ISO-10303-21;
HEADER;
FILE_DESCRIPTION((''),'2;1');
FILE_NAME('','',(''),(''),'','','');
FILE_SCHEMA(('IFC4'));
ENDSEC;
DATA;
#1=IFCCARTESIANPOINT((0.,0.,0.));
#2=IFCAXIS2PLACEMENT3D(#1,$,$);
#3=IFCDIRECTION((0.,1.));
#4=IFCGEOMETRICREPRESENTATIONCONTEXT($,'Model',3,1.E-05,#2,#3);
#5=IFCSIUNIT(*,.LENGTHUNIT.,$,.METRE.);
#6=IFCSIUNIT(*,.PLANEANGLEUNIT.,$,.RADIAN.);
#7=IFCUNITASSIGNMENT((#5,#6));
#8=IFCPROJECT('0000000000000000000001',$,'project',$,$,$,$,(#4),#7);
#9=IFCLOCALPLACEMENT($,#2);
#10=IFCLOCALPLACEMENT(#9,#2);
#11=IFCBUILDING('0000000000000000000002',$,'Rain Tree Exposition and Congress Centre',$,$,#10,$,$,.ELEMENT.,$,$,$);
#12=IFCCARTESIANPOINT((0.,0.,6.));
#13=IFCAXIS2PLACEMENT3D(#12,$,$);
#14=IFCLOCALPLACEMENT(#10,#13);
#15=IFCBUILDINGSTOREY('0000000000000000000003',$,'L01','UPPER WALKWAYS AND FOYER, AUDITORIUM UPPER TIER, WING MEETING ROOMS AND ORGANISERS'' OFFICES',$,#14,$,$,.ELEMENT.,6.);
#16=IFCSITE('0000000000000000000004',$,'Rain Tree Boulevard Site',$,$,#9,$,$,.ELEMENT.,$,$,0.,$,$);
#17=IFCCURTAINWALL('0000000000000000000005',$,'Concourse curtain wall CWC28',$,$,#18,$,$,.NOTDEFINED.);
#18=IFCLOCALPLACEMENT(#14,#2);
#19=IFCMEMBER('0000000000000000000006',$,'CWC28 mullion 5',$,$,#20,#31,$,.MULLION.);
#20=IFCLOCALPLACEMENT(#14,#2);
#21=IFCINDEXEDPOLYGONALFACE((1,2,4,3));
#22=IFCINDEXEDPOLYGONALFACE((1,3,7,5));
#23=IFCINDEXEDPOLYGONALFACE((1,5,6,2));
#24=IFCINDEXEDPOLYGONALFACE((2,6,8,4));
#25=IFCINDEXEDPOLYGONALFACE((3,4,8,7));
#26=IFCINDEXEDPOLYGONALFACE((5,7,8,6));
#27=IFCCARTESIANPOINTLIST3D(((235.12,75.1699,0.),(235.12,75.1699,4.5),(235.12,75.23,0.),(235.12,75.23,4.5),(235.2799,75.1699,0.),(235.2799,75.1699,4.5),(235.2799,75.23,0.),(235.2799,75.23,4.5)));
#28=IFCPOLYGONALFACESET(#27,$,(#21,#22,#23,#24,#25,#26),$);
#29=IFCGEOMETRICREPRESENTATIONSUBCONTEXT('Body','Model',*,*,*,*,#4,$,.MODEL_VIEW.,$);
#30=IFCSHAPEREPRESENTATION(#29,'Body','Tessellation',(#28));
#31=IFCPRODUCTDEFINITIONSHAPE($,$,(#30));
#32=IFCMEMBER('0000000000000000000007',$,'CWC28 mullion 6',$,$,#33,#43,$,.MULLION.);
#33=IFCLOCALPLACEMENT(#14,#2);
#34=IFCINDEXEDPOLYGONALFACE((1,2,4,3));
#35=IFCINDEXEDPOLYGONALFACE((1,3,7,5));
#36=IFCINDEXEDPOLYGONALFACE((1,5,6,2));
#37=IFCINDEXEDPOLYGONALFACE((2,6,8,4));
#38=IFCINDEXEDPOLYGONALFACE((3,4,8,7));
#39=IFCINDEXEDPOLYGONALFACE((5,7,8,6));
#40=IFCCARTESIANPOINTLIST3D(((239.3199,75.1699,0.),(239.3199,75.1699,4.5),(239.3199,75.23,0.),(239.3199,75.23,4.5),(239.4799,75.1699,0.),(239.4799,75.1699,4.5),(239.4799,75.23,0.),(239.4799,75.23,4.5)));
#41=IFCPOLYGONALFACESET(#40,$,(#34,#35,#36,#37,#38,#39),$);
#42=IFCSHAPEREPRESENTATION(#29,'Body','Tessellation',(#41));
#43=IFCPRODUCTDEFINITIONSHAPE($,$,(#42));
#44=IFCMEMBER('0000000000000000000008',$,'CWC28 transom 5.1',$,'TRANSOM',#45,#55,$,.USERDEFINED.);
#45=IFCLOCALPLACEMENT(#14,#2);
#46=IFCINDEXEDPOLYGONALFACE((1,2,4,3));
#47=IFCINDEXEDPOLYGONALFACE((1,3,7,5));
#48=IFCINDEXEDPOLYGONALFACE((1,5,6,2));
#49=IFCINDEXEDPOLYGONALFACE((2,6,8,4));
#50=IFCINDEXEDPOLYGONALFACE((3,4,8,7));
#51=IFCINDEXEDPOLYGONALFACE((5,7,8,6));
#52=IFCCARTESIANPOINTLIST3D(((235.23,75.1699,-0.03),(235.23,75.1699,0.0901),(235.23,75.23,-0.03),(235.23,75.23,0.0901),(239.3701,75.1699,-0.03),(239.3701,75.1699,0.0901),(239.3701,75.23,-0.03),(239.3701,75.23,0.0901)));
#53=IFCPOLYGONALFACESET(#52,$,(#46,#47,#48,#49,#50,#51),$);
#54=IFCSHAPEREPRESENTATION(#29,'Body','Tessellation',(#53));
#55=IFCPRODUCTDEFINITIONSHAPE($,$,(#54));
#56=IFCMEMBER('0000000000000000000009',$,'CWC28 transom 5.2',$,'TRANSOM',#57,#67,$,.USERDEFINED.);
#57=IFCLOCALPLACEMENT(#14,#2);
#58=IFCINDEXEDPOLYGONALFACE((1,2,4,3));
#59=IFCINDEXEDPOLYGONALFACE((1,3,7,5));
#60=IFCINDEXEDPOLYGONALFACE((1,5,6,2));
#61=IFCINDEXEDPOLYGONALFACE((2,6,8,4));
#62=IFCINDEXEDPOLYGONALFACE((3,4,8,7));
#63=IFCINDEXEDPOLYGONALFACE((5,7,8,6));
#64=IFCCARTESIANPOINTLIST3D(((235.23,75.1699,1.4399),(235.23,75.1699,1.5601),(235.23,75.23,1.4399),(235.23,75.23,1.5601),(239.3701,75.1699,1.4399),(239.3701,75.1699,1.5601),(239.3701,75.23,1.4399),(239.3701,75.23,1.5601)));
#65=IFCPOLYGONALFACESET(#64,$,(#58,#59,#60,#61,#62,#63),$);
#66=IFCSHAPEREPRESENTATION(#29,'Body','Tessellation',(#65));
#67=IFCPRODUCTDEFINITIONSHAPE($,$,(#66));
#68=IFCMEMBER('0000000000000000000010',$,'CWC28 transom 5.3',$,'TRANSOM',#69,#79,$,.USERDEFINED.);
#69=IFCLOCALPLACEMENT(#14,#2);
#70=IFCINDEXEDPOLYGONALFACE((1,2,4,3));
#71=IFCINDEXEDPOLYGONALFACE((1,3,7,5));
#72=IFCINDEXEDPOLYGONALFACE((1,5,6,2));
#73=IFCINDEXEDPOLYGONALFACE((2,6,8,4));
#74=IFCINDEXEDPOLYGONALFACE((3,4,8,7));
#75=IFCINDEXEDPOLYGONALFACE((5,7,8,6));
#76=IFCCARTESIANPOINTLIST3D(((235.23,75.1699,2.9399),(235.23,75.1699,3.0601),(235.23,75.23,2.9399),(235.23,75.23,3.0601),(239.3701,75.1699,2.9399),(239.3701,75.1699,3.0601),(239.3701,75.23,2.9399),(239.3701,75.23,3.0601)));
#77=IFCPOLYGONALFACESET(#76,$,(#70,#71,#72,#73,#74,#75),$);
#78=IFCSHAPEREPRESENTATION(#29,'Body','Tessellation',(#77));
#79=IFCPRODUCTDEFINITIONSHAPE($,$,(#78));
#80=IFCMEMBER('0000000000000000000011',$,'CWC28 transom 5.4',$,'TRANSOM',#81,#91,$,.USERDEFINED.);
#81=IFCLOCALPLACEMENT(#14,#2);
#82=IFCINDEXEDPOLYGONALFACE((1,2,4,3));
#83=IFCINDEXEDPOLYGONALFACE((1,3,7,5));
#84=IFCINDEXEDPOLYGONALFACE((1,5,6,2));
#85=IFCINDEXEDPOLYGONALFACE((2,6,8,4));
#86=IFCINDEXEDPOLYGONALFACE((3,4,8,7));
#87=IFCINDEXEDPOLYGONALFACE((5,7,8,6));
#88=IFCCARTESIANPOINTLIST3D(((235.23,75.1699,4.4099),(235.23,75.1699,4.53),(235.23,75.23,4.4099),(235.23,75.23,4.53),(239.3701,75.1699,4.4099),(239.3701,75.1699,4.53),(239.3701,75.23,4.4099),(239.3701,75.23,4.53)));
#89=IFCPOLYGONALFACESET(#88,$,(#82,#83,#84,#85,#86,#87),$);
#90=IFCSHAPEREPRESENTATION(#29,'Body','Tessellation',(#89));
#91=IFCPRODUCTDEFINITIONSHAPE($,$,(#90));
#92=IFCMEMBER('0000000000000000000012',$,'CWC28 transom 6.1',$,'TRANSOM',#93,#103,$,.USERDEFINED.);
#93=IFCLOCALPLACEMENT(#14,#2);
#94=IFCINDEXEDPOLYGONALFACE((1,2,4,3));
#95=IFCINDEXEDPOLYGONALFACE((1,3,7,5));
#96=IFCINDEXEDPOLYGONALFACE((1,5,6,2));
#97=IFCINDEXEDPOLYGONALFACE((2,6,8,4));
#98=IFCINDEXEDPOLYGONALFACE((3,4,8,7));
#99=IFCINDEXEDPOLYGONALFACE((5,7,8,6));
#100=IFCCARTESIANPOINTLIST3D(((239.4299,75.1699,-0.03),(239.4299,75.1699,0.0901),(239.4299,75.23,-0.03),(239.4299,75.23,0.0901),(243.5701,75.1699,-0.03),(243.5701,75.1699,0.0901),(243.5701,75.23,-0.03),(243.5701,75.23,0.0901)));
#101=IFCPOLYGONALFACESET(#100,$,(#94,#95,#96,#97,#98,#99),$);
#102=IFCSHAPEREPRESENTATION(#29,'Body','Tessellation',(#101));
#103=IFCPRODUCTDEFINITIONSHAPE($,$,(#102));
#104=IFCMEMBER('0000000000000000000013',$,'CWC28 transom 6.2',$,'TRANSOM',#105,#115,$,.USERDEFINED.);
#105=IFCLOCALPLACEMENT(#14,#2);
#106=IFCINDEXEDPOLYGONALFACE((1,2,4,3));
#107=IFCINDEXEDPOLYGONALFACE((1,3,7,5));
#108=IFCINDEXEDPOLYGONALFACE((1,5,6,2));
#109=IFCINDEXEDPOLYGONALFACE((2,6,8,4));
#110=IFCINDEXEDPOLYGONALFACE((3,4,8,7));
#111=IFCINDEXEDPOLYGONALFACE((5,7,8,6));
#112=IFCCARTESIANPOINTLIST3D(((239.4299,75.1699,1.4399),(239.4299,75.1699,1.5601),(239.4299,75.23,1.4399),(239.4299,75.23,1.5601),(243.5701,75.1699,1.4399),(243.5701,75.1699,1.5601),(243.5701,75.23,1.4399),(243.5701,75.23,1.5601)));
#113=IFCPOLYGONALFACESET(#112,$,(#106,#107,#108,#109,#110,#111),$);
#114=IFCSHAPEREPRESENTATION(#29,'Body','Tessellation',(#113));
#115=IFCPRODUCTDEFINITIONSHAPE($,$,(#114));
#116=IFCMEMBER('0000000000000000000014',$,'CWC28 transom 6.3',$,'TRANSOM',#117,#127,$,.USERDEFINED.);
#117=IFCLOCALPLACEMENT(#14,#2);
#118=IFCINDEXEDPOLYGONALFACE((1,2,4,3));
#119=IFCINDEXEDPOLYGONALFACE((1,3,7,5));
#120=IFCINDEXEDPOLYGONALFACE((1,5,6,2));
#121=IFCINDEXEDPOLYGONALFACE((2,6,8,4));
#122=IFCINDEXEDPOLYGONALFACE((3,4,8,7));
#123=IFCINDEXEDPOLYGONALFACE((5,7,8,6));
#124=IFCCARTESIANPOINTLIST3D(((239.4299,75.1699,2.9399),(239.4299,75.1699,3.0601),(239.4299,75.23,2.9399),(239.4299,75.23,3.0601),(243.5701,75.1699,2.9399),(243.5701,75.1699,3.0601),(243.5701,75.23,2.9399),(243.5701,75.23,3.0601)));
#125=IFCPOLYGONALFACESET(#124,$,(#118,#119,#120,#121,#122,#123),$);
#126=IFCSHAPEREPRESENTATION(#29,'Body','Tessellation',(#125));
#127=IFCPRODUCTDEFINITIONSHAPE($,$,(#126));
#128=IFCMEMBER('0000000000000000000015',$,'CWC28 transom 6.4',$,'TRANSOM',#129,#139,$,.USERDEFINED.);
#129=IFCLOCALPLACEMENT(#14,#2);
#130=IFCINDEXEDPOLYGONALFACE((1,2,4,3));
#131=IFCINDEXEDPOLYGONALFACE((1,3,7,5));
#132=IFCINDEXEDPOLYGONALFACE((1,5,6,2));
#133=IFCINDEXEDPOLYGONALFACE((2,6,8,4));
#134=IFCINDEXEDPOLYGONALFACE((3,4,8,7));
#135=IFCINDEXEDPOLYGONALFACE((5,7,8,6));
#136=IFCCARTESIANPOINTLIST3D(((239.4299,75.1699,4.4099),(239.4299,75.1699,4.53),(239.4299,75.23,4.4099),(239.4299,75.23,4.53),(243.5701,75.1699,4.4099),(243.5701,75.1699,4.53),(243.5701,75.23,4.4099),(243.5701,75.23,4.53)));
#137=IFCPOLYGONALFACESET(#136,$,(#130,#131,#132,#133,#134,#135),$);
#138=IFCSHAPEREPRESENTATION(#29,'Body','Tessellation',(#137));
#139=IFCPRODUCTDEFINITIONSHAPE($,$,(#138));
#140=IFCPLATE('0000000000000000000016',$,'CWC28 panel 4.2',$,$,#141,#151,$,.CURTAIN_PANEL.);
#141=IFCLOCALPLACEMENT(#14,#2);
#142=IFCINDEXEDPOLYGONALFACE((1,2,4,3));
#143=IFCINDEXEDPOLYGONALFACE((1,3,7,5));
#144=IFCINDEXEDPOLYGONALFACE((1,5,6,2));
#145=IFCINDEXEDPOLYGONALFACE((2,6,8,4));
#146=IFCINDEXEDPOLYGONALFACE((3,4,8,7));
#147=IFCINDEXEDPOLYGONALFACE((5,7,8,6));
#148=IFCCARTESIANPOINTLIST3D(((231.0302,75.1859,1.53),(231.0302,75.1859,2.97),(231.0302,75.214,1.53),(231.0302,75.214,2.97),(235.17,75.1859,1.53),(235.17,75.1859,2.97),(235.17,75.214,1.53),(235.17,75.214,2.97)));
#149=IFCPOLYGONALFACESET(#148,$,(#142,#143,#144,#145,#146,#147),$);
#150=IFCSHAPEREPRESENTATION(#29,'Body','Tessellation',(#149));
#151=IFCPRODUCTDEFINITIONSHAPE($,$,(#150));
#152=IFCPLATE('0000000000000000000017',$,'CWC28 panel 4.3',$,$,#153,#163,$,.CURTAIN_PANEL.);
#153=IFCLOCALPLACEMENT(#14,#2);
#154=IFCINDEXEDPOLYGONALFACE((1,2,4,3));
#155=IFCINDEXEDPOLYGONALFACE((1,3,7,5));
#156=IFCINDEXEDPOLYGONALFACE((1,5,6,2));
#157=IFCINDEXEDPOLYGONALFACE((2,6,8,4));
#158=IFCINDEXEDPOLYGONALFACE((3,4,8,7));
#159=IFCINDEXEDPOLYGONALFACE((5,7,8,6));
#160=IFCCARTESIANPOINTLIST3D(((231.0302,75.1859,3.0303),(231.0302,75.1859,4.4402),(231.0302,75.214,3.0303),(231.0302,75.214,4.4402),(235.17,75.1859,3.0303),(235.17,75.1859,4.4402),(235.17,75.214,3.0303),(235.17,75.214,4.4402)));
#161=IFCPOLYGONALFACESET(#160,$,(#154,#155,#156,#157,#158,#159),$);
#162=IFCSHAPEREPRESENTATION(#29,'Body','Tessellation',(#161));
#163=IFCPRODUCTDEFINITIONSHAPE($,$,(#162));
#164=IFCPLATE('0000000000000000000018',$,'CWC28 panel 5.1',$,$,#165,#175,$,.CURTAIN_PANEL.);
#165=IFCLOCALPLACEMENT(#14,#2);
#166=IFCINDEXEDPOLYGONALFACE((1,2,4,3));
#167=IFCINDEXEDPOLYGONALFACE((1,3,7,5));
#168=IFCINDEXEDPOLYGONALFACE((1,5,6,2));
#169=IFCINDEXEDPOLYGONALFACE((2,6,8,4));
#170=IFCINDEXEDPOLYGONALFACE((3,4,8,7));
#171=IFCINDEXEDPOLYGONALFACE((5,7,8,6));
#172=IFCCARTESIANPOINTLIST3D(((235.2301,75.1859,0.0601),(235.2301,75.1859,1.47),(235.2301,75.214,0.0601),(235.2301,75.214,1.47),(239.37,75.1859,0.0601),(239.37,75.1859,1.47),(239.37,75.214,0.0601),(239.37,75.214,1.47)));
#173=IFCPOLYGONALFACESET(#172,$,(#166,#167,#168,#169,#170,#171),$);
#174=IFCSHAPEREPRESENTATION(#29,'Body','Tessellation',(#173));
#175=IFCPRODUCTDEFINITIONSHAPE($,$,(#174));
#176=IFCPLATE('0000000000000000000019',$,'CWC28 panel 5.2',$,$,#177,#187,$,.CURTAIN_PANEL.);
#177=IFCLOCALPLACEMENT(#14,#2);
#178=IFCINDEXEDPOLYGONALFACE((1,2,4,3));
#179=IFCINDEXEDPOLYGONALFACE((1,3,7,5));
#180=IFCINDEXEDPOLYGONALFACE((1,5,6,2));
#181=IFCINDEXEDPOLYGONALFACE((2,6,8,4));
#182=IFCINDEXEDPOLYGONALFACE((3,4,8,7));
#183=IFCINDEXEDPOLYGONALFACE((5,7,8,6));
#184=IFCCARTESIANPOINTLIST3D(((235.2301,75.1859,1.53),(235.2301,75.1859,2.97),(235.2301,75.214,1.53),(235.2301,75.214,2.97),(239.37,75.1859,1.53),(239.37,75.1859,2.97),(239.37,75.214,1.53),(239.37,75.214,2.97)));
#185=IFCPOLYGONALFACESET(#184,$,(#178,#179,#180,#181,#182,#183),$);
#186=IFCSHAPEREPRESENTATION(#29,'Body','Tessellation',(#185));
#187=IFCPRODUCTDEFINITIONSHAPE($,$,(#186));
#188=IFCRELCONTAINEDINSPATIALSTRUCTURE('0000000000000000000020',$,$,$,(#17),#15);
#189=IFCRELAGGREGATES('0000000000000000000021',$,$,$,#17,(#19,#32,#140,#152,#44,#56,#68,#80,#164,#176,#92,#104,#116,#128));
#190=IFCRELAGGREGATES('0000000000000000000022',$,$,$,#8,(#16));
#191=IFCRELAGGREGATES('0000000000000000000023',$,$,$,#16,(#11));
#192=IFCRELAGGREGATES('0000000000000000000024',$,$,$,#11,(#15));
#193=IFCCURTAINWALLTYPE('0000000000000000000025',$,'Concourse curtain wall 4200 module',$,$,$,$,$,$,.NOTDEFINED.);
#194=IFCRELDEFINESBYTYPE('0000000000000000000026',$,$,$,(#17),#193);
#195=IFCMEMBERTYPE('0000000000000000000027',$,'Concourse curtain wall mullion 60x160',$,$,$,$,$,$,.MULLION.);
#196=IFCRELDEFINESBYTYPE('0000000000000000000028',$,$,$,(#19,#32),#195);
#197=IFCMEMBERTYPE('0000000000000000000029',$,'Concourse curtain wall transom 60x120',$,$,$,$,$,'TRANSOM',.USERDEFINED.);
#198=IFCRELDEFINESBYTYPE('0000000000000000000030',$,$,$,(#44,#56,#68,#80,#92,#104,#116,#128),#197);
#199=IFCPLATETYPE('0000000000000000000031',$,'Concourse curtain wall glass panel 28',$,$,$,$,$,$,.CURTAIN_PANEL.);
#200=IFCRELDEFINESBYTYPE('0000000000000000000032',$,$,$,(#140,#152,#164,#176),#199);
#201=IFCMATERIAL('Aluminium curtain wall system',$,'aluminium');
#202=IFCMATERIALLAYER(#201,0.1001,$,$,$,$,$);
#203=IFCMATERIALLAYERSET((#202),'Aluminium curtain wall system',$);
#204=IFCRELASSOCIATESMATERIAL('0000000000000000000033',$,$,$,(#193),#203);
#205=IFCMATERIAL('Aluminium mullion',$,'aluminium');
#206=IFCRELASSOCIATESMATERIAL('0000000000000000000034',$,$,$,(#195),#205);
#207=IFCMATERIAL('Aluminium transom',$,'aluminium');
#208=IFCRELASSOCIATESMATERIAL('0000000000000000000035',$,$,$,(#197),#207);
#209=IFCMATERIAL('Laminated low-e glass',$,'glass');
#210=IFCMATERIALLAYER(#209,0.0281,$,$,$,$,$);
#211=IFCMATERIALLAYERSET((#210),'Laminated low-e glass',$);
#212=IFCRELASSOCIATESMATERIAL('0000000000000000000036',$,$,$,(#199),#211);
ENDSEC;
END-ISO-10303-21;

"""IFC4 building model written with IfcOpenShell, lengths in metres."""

from ifc_helpers import new_model, si_unit, direction, frame, origin, origin_2d, place, context, subcontext, project, spatial, rectangle, extrude, material, layer, layer_set, material_profile, profile_set, type_object, element, aggregate, save


model = new_model("IFC4")

# Units and contexts
model_context = context("Model", 3, precision=1e-05, world=origin(), true_north=direction((0.0, 1.0)))
body_context = subcontext(model_context, "Body", "Model", "MODEL_VIEW")
ifc_project = project(units=[si_unit("LENGTHUNIT", "METRE"), si_unit("PLANEANGLEUNIT", "RADIAN")], contexts=[model_context])

# Site, building, storey
site_placement = place(None, origin())
site = spatial("IfcSite", under=ifc_project, at=site_placement, Name="Rain Tree Boulevard Site", CompositionType="ELEMENT", RefElevation=0.0)
building_placement = place(site_placement, origin())
building = spatial("IfcBuilding", under=site, at=building_placement, Name="Rain Tree Exposition and Congress Centre", CompositionType="ELEMENT")
storey_placement = place(building_placement, frame((0.0, 0.0, 6.0)))
storey = spatial("IfcBuildingStorey", under=building, at=storey_placement, Name="L01", Description="UPPER WALKWAYS AND FOYER, AUDITORIUM UPPER TIER, WING MEETING ROOMS AND ORGANISERS' OFFICES", CompositionType="ELEMENT", Elevation=6.0)

# Curtain wall, members, plates
ifc_material_1 = material(Name="Aluminium curtain wall system", Category="aluminium")
ifc_layer_1 = layer(ifc_material_1, 0.1001)
ifc_layer_set_1 = layer_set([ifc_layer_1], Name="Aluminium curtain wall system")
curtain_wall_type = type_object("IfcCurtainWallType", Name="Concourse curtain wall 4200 module", PredefinedType="NOTDEFINED", material=ifc_layer_set_1)
curtain_wall_placement = place(storey_placement, origin())
curtain_wall = element("IfcCurtainWall", 1, at=curtain_wall_placement, inside=storey, type_object=curtain_wall_type, Name="Concourse curtain wall CWC28", PredefinedType="NOTDEFINED")
ifc_material_2 = material(Name="Aluminium mullion", Category="aluminium")
ifc_material_profile_1 = material_profile(ifc_material_2, rectangle(XDim=0.0601, YDim=0.1599, at=origin_2d()), Name="AL 60x160")
ifc_profile_set_1 = profile_set([ifc_material_profile_1], Name="Aluminium mullion")
member_type_1 = type_object("IfcMemberType", Name="Concourse curtain wall mullion 60x160", PredefinedType="MULLION", material=ifc_profile_set_1)
member_1_placement = place(storey_placement, frame((235.2, 75.2, 0.0), z_axis=(0.0, 0.0, 1.0), x_axis=(0.0, 1.0, 0.0)))
member_1 = element("IfcMember", 2, at=member_1_placement, type_object=member_type_1, Name="CWC28 mullion 5", PredefinedType="MULLION", context=body_context, shape_type="SweptSolid", body=[
    extrude(rectangle(XDim=0.0601, YDim=0.1599, at=origin_2d()), origin(), (0.0, 0.0, 1.0), 4.5),
])
member_2_placement = place(storey_placement, frame((239.3999, 75.2, 0.0), z_axis=(0.0, 0.0, 1.0), x_axis=(0.0, 1.0, 0.0)))
member_2 = element("IfcMember", 3, at=member_2_placement, type_object=member_type_1, Name="CWC28 mullion 6", PredefinedType="MULLION", context=body_context, shape_type="SweptSolid", body=[
    extrude(rectangle(XDim=0.0601, YDim=0.1599, at=origin_2d()), origin(), (0.0, 0.0, 1.0), 4.5),
])
ifc_material_3 = material(Name="Aluminium transom", Category="aluminium")
ifc_material_profile_2 = material_profile(ifc_material_3, rectangle(XDim=0.0601, YDim=0.1201, at=origin_2d()), Name="AL 60x120")
ifc_profile_set_2 = profile_set([ifc_material_profile_2], Name="Aluminium transom")
member_type_2 = type_object("IfcMemberType", Name="Concourse curtain wall transom 60x120", ElementType="TRANSOM", PredefinedType="USERDEFINED", material=ifc_profile_set_2)
member_3_placement = place(storey_placement, frame((235.23, 75.2, 0.03), z_axis=(1.0, 0.0, 0.0), x_axis=(0.0, 1.0, 0.0)))
member_3 = element("IfcMember", 4, at=member_3_placement, type_object=member_type_2, Name="CWC28 transom 5.1", ObjectType="TRANSOM", PredefinedType="USERDEFINED", context=body_context, shape_type="SweptSolid", body=[
    extrude(rectangle(XDim=0.0601, YDim=0.1201, at=origin_2d()), origin(), (0.0, 0.0, 1.0), 4.1401),
])
member_4_placement = place(storey_placement, frame((235.23, 75.2, 1.5), z_axis=(1.0, 0.0, 0.0), x_axis=(0.0, 1.0, 0.0)))
member_4 = element("IfcMember", 5, at=member_4_placement, type_object=member_type_2, Name="CWC28 transom 5.2", ObjectType="TRANSOM", PredefinedType="USERDEFINED", context=body_context, shape_type="SweptSolid", body=[
    extrude(rectangle(XDim=0.0601, YDim=0.1201, at=origin_2d()), origin(), (0.0, 0.0, 1.0), 4.1401),
])
member_5_placement = place(storey_placement, frame((235.23, 75.2, 3.0), z_axis=(1.0, 0.0, 0.0), x_axis=(0.0, 1.0, 0.0)))
member_5 = element("IfcMember", 6, at=member_5_placement, type_object=member_type_2, Name="CWC28 transom 5.3", ObjectType="TRANSOM", PredefinedType="USERDEFINED", context=body_context, shape_type="SweptSolid", body=[
    extrude(rectangle(XDim=0.0601, YDim=0.1201, at=origin_2d()), origin(), (0.0, 0.0, 1.0), 4.1401),
])
member_6_placement = place(storey_placement, frame((235.23, 75.2, 4.47), z_axis=(1.0, 0.0, 0.0), x_axis=(0.0, 1.0, 0.0)))
member_6 = element("IfcMember", 7, at=member_6_placement, type_object=member_type_2, Name="CWC28 transom 5.4", ObjectType="TRANSOM", PredefinedType="USERDEFINED", context=body_context, shape_type="SweptSolid", body=[
    extrude(rectangle(XDim=0.0601, YDim=0.1201, at=origin_2d()), origin(), (0.0, 0.0, 1.0), 4.1401),
])
member_7_placement = place(storey_placement, frame((239.4299, 75.2, 0.03), z_axis=(1.0, 0.0, 0.0), x_axis=(0.0, 1.0, 0.0)))
member_7 = element("IfcMember", 8, at=member_7_placement, type_object=member_type_2, Name="CWC28 transom 6.1", ObjectType="TRANSOM", PredefinedType="USERDEFINED", context=body_context, shape_type="SweptSolid", body=[
    extrude(rectangle(XDim=0.0601, YDim=0.1201, at=origin_2d()), origin(), (0.0, 0.0, 1.0), 4.1401),
])
member_8_placement = place(storey_placement, frame((239.4299, 75.2, 1.5), z_axis=(1.0, 0.0, 0.0), x_axis=(0.0, 1.0, 0.0)))
member_8 = element("IfcMember", 9, at=member_8_placement, type_object=member_type_2, Name="CWC28 transom 6.2", ObjectType="TRANSOM", PredefinedType="USERDEFINED", context=body_context, shape_type="SweptSolid", body=[
    extrude(rectangle(XDim=0.0601, YDim=0.1201, at=origin_2d()), origin(), (0.0, 0.0, 1.0), 4.1401),
])
member_9_placement = place(storey_placement, frame((239.4299, 75.2, 3.0), z_axis=(1.0, 0.0, 0.0), x_axis=(0.0, 1.0, 0.0)))
member_9 = element("IfcMember", 10, at=member_9_placement, type_object=member_type_2, Name="CWC28 transom 6.3", ObjectType="TRANSOM", PredefinedType="USERDEFINED", context=body_context, shape_type="SweptSolid", body=[
    extrude(rectangle(XDim=0.0601, YDim=0.1201, at=origin_2d()), origin(), (0.0, 0.0, 1.0), 4.1401),
])
member_10_placement = place(storey_placement, frame((239.4299, 75.2, 4.47), z_axis=(1.0, 0.0, 0.0), x_axis=(0.0, 1.0, 0.0)))
member_10 = element("IfcMember", 11, at=member_10_placement, type_object=member_type_2, Name="CWC28 transom 6.4", ObjectType="TRANSOM", PredefinedType="USERDEFINED", context=body_context, shape_type="SweptSolid", body=[
    extrude(rectangle(XDim=0.0601, YDim=0.1201, at=origin_2d()), origin(), (0.0, 0.0, 1.0), 4.1401),
])
ifc_material_4 = material(Name="Laminated low-e glass", Category="glass")
ifc_layer_2 = layer(ifc_material_4, 0.0281)
ifc_layer_set_2 = layer_set([ifc_layer_2], Name="Laminated low-e glass")
plate_type = type_object("IfcPlateType", Name="Concourse curtain wall glass panel 28", PredefinedType="CURTAIN_PANEL", material=ifc_layer_set_2)
plate_1_placement = place(storey_placement, frame((233.1001, 75.2, 1.53), z_axis=(0.0, 0.0, 1.0), x_axis=(1.0, 0.0, 0.0)))
plate_1 = element("IfcPlate", 12, at=plate_1_placement, type_object=plate_type, Name="CWC28 panel 4.2", PredefinedType="CURTAIN_PANEL", context=body_context, shape_type="SweptSolid", body=[
    extrude(rectangle(XDim=4.1399, YDim=0.0281, at=origin_2d()), origin(), (0.0, 0.0, 1.0), 1.4399),
])
plate_2_placement = place(storey_placement, frame((233.1001, 75.2, 3.0303), z_axis=(0.0, 0.0, 1.0), x_axis=(1.0, 0.0, 0.0)))
plate_2 = element("IfcPlate", 13, at=plate_2_placement, type_object=plate_type, Name="CWC28 panel 4.3", PredefinedType="CURTAIN_PANEL", context=body_context, shape_type="SweptSolid", body=[
    extrude(rectangle(XDim=4.1399, YDim=0.0281, at=origin_2d()), origin(), (0.0, 0.0, 1.0), 1.4099),
])
plate_3_placement = place(storey_placement, frame((237.3, 75.2, 0.0601), z_axis=(0.0, 0.0, 1.0), x_axis=(1.0, 0.0, 0.0)))
plate_3 = element("IfcPlate", 14, at=plate_3_placement, type_object=plate_type, Name="CWC28 panel 5.1", PredefinedType="CURTAIN_PANEL", context=body_context, shape_type="SweptSolid", body=[
    extrude(rectangle(XDim=4.1399, YDim=0.0281, at=origin_2d()), origin(), (0.0, 0.0, 1.0), 1.4099),
])
plate_4_placement = place(storey_placement, frame((237.3, 75.2, 1.53), z_axis=(0.0, 0.0, 1.0), x_axis=(1.0, 0.0, 0.0)))
plate_4 = element("IfcPlate", 15, at=plate_4_placement, type_object=plate_type, Name="CWC28 panel 5.2", PredefinedType="CURTAIN_PANEL", context=body_context, shape_type="SweptSolid", body=[
    extrude(rectangle(XDim=4.1399, YDim=0.0281, at=origin_2d()), origin(), (0.0, 0.0, 1.0), 1.4399),
])
aggregate(curtain_wall, [member_1, member_2, plate_1, plate_2, member_3, member_4, member_5, member_6, plate_3, plate_4, member_7, member_8, member_9, member_10])

save(model, "model.ifc")
